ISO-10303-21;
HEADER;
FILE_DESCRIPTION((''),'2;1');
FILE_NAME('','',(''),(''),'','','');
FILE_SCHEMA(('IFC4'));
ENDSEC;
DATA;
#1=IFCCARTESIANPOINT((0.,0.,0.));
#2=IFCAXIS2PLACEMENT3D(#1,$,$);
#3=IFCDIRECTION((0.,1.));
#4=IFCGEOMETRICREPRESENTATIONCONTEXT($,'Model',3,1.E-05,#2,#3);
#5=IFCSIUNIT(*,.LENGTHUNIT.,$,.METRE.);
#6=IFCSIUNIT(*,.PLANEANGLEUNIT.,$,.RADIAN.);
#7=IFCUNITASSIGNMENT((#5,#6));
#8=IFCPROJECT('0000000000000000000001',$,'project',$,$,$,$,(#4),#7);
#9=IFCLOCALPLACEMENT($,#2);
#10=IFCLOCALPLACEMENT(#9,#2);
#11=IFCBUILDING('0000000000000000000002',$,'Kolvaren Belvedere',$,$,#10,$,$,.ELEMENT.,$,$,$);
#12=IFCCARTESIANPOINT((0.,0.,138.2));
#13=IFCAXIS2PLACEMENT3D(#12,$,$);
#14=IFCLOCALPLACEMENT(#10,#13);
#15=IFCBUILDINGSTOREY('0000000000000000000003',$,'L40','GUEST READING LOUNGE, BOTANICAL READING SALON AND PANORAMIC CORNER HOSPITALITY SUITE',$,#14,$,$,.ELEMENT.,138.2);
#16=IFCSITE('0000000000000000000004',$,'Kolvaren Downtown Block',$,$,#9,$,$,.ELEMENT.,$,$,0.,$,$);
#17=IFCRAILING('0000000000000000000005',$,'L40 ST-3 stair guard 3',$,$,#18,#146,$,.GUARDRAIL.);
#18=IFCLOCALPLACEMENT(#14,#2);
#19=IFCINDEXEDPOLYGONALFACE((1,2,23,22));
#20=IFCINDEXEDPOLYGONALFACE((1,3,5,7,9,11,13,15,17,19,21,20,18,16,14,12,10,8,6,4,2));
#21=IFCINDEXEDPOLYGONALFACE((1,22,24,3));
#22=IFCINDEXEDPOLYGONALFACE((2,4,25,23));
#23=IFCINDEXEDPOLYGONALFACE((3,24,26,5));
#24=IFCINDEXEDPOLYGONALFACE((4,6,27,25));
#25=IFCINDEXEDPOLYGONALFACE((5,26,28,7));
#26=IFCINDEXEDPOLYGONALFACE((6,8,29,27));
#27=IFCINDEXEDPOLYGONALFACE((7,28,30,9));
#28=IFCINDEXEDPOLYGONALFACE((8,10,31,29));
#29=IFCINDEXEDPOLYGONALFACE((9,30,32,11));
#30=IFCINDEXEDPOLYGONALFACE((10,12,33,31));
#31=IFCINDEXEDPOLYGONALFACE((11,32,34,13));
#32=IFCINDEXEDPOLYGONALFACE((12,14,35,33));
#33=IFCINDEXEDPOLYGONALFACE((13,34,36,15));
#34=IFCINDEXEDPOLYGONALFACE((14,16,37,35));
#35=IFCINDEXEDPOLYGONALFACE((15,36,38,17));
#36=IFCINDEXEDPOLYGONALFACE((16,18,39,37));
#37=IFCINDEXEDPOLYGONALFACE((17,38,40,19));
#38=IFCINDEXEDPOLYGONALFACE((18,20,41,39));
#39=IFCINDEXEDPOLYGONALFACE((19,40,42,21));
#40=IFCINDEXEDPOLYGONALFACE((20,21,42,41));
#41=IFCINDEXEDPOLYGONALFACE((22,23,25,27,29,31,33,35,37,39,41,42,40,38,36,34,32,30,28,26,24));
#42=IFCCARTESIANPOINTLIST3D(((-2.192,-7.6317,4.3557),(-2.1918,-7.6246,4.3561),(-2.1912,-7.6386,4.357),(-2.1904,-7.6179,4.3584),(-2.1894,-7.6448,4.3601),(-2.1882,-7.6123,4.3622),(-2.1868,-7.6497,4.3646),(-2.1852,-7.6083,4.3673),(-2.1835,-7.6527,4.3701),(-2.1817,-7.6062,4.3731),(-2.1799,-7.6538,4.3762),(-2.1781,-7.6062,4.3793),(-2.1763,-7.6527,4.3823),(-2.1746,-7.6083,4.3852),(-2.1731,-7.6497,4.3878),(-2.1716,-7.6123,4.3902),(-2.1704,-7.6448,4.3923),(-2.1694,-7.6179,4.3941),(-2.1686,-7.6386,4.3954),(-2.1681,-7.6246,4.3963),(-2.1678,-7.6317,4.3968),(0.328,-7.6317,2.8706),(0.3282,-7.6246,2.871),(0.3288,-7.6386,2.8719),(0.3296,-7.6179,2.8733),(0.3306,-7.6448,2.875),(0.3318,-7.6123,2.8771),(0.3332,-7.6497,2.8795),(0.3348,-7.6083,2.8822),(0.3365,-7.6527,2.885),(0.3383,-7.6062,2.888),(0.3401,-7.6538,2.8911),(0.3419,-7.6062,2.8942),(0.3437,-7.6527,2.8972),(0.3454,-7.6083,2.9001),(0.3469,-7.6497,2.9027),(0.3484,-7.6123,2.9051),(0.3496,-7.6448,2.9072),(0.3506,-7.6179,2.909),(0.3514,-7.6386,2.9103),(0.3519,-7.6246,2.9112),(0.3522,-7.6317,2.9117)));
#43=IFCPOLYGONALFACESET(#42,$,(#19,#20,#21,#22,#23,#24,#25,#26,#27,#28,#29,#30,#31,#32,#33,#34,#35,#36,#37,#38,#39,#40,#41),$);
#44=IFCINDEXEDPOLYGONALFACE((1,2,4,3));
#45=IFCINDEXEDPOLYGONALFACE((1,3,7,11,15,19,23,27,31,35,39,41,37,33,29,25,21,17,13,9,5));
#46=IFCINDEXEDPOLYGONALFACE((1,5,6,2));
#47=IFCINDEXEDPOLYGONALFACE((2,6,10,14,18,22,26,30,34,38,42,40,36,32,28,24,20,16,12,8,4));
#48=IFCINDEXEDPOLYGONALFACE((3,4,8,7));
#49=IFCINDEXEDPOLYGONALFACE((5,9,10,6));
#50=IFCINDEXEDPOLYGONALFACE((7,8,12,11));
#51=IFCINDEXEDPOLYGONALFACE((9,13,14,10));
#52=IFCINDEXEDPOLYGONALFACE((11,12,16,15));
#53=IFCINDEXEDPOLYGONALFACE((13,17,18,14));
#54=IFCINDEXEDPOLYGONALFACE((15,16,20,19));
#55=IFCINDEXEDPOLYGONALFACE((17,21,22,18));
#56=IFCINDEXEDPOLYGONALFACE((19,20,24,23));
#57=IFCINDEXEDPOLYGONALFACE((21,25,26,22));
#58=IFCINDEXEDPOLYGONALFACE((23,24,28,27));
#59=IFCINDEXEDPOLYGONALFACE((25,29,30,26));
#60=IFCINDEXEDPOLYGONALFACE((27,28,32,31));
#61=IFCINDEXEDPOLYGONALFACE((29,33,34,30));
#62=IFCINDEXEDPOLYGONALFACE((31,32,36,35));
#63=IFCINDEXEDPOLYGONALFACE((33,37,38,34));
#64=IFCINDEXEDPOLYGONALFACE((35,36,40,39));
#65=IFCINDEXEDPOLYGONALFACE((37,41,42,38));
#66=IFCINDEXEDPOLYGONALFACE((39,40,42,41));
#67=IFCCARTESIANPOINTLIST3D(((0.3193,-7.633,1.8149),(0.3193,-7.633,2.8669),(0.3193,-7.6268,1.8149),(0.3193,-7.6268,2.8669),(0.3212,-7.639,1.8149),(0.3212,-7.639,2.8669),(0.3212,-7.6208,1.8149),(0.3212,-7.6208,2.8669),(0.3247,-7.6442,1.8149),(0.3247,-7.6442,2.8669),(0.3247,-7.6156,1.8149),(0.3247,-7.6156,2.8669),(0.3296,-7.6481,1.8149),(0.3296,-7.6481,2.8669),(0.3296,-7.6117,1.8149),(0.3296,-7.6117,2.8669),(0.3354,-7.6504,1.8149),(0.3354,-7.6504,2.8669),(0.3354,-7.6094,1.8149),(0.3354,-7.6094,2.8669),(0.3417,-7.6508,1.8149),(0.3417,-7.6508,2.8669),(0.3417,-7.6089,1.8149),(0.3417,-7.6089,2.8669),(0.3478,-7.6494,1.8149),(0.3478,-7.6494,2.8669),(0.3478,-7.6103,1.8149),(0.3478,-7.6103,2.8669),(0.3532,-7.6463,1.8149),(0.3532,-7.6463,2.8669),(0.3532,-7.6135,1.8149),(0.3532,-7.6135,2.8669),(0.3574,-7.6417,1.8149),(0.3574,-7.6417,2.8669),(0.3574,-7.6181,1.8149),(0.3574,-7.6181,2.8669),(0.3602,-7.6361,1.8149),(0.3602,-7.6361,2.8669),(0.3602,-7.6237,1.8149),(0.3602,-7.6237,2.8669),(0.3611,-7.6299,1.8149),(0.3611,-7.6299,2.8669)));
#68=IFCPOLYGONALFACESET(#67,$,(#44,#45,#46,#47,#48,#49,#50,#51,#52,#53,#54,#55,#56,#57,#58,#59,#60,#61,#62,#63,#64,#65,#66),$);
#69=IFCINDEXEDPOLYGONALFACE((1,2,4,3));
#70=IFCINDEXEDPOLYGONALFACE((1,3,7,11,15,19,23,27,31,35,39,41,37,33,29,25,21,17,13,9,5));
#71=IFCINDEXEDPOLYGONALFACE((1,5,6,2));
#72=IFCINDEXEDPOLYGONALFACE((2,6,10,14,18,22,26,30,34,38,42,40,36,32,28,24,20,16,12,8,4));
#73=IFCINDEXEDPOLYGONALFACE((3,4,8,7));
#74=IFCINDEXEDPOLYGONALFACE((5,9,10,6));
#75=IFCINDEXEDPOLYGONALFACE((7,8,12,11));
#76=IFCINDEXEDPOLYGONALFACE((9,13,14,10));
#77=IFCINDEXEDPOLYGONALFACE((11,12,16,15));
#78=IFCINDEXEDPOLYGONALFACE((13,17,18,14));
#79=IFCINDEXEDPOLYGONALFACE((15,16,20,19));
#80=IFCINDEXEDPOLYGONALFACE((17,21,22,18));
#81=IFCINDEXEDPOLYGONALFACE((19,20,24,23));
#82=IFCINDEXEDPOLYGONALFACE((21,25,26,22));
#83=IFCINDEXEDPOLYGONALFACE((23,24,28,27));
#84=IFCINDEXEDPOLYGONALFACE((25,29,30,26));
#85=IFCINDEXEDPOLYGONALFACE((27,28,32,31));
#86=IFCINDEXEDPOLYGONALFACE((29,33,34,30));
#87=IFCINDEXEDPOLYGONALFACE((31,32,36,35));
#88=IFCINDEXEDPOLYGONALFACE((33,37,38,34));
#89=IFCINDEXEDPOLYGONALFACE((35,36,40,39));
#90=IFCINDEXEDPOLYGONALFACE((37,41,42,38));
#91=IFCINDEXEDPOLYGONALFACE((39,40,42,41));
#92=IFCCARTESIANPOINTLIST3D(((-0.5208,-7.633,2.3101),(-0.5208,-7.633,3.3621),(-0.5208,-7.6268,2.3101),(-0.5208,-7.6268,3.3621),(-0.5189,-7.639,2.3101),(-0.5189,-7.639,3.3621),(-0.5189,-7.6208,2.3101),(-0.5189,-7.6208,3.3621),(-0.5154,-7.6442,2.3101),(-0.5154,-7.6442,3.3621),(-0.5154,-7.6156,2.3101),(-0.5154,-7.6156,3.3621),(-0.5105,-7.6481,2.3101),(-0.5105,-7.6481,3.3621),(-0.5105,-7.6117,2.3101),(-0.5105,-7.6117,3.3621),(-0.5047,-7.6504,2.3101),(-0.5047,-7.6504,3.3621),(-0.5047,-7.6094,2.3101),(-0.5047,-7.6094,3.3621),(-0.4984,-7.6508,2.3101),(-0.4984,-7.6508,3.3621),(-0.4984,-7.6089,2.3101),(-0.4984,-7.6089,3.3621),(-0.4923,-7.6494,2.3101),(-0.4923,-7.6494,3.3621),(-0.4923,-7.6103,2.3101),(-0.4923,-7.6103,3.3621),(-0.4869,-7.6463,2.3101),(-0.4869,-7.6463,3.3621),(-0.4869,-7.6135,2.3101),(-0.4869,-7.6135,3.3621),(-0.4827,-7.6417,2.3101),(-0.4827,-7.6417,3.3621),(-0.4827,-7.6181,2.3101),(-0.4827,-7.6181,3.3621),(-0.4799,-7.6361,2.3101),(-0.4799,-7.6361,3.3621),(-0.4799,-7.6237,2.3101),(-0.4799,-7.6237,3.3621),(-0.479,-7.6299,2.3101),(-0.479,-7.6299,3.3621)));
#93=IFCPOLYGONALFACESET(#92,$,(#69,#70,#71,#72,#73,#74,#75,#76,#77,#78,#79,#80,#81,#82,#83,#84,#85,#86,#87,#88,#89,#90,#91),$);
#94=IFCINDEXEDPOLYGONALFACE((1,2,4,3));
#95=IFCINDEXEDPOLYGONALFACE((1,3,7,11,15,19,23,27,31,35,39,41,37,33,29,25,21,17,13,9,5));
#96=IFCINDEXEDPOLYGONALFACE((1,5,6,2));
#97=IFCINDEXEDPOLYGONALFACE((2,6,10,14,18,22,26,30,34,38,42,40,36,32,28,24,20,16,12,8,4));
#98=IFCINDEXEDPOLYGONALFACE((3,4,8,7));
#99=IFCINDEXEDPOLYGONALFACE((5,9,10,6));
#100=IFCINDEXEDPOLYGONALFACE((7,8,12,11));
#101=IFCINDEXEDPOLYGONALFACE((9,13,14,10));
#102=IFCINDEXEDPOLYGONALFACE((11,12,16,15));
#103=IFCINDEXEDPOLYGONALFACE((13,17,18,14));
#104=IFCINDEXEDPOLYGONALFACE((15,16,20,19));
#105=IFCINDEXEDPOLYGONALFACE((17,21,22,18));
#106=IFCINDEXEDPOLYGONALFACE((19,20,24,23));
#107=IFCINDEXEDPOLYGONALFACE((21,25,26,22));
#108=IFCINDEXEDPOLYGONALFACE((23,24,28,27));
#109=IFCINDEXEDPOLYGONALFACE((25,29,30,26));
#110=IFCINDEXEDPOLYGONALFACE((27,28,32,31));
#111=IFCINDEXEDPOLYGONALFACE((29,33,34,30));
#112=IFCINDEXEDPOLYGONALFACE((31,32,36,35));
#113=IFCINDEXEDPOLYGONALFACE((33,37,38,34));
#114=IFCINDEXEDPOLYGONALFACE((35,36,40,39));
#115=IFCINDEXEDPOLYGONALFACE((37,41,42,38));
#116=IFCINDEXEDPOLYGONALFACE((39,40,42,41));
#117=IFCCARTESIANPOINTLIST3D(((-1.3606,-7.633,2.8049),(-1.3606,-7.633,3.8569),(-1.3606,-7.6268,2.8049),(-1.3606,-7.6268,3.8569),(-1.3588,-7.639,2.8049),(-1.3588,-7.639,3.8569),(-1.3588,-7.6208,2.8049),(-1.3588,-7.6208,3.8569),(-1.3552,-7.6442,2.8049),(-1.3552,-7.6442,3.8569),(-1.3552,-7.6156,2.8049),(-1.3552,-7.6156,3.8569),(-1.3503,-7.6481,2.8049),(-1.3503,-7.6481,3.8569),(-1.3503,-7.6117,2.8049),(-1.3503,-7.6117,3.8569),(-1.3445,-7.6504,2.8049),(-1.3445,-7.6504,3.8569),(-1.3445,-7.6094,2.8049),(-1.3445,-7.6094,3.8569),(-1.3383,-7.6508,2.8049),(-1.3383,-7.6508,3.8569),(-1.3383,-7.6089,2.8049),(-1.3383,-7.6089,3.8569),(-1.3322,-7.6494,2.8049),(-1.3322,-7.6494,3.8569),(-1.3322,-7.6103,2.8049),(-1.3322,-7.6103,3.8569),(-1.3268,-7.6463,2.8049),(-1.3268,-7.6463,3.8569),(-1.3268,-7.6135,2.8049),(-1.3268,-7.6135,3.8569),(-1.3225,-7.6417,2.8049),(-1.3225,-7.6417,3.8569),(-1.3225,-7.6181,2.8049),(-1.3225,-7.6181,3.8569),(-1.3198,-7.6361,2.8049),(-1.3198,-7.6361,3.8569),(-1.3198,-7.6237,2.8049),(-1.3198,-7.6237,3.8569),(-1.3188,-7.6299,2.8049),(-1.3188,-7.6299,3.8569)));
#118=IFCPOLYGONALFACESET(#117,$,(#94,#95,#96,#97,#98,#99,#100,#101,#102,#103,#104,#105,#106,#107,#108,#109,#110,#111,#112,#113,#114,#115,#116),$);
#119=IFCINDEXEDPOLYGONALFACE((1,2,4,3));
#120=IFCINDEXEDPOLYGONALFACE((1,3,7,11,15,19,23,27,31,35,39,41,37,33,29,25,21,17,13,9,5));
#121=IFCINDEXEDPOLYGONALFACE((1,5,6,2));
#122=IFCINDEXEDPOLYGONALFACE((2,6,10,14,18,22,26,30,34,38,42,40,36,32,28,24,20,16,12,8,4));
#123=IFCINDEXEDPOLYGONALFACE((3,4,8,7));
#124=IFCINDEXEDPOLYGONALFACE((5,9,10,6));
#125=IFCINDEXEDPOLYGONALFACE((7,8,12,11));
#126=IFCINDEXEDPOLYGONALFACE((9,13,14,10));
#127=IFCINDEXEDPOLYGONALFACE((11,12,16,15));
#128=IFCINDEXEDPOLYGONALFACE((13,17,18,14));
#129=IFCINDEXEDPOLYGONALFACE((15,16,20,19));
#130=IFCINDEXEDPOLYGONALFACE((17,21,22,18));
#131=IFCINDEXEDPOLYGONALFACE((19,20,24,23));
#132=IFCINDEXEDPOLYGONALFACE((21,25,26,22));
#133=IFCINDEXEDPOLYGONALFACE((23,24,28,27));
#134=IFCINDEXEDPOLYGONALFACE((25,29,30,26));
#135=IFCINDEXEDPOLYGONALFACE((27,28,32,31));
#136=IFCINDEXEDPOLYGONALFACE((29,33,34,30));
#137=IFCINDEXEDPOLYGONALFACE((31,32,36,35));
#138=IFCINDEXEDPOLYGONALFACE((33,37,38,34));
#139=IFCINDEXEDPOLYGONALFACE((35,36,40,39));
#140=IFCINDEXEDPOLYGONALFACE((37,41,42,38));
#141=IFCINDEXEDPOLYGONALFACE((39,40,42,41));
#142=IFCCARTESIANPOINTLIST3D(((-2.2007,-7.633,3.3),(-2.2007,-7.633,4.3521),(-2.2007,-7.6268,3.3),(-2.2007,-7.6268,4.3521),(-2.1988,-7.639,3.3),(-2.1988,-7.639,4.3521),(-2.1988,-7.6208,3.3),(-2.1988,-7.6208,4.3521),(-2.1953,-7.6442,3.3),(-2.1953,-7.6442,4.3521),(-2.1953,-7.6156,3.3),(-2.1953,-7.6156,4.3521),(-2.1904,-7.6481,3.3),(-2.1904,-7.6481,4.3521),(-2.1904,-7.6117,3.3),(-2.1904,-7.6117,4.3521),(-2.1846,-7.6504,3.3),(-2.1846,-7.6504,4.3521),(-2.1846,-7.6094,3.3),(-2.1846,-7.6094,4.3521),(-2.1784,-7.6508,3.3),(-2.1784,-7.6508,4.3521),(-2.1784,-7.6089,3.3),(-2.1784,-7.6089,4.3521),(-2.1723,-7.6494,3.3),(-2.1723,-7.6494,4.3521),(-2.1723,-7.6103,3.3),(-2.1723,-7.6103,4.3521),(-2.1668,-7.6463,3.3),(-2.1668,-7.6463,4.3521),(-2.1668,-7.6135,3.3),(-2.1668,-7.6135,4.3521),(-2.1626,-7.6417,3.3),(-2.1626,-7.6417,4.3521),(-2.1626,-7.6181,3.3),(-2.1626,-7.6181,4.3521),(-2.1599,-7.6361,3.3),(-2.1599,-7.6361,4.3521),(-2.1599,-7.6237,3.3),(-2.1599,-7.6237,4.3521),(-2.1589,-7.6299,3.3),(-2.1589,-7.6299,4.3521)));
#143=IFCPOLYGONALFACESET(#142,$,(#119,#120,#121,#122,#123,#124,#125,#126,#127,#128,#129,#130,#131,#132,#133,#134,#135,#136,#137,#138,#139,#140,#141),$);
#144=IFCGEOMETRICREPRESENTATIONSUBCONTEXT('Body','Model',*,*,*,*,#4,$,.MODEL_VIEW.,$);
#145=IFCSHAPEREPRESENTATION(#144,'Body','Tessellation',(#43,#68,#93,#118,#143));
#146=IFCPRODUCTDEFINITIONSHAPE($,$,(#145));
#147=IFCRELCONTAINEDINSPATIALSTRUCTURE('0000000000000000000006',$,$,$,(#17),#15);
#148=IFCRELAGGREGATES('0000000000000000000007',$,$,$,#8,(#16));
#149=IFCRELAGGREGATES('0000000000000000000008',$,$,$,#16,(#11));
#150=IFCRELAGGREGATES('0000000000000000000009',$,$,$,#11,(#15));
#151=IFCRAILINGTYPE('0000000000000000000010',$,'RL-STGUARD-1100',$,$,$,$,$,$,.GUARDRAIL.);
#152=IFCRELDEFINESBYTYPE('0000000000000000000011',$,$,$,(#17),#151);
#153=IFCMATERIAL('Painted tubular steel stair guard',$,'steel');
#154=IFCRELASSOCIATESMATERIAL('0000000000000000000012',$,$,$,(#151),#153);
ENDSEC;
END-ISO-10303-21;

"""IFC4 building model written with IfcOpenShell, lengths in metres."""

from ifc_helpers import new_model, si_unit, direction, frame, origin, origin_2d, place, context, subcontext, project, spatial, circle, extrude, material, type_object, element, save


model = new_model("IFC4")

# Units and contexts
model_context = context("Model", 3, precision=1e-05, world=origin(), true_north=direction((0.0, 1.0)))
body_context = subcontext(model_context, "Body", "Model", "MODEL_VIEW")
ifc_project = project(units=[si_unit("LENGTHUNIT", "METRE"), si_unit("PLANEANGLEUNIT", "RADIAN")], contexts=[model_context])

# Site, building, storey
site_placement = place(None, origin())
site = spatial("IfcSite", under=ifc_project, at=site_placement, Name="Kolvaren Downtown Block", CompositionType="ELEMENT", RefElevation=0.0)
building_placement = place(site_placement, origin())
building = spatial("IfcBuilding", under=site, at=building_placement, Name="Kolvaren Belvedere", CompositionType="ELEMENT")
storey_placement = place(building_placement, frame((0.0, 0.0, 138.2)))
storey = spatial("IfcBuildingStorey", under=building, at=storey_placement, Name="L40", Description="GUEST READING LOUNGE, BOTANICAL READING SALON AND PANORAMIC CORNER HOSPITALITY SUITE", CompositionType="ELEMENT", Elevation=138.2)

# Railing
ifc_material_1 = material(Name="Painted tubular steel stair guard", Category="steel")
railing_type_1 = type_object("IfcRailingType", Name="RL-STGUARD-1100", PredefinedType="GUARDRAIL", material=ifc_material_1)
railing_1_placement = place(storey_placement, frame((0.3401, -7.6299, 1.8149)))
element("IfcRailing", 1, at=railing_1_placement, inside=storey, type_object=railing_type_1, Name="L40 ST-3 stair guard 3", PredefinedType="GUARDRAIL", context=body_context, shape_type="SweptSolid", body=[
    extrude(circle(Radius=0.0239, at=origin_2d()), frame((0.0, 0.0, 1.0762), z_axis=(-0.861524, 0.0, 0.507717), x_axis=(0.0, -1.0, 0.0)), (0.0, 0.0, 1.0), 2.925),
    extrude(circle(Radius=0.021, at=origin_2d()), origin(), (0.0, 0.0, 1.0), 1.052),
    extrude(circle(Radius=0.021, at=origin_2d()), frame((-0.8401, 0.0, 0.4951)), (0.0, 0.0, 1.0), 1.052),
    extrude(circle(Radius=0.021, at=origin_2d()), frame((-1.6799, 0.0, 0.99)), (0.0, 0.0, 1.0), 1.052),
    extrude(circle(Radius=0.021, at=origin_2d()), frame((-2.52, 0.0, 1.4851)), (0.0, 0.0, 1.0), 1.052),
])

save(model, "model.ifc")
